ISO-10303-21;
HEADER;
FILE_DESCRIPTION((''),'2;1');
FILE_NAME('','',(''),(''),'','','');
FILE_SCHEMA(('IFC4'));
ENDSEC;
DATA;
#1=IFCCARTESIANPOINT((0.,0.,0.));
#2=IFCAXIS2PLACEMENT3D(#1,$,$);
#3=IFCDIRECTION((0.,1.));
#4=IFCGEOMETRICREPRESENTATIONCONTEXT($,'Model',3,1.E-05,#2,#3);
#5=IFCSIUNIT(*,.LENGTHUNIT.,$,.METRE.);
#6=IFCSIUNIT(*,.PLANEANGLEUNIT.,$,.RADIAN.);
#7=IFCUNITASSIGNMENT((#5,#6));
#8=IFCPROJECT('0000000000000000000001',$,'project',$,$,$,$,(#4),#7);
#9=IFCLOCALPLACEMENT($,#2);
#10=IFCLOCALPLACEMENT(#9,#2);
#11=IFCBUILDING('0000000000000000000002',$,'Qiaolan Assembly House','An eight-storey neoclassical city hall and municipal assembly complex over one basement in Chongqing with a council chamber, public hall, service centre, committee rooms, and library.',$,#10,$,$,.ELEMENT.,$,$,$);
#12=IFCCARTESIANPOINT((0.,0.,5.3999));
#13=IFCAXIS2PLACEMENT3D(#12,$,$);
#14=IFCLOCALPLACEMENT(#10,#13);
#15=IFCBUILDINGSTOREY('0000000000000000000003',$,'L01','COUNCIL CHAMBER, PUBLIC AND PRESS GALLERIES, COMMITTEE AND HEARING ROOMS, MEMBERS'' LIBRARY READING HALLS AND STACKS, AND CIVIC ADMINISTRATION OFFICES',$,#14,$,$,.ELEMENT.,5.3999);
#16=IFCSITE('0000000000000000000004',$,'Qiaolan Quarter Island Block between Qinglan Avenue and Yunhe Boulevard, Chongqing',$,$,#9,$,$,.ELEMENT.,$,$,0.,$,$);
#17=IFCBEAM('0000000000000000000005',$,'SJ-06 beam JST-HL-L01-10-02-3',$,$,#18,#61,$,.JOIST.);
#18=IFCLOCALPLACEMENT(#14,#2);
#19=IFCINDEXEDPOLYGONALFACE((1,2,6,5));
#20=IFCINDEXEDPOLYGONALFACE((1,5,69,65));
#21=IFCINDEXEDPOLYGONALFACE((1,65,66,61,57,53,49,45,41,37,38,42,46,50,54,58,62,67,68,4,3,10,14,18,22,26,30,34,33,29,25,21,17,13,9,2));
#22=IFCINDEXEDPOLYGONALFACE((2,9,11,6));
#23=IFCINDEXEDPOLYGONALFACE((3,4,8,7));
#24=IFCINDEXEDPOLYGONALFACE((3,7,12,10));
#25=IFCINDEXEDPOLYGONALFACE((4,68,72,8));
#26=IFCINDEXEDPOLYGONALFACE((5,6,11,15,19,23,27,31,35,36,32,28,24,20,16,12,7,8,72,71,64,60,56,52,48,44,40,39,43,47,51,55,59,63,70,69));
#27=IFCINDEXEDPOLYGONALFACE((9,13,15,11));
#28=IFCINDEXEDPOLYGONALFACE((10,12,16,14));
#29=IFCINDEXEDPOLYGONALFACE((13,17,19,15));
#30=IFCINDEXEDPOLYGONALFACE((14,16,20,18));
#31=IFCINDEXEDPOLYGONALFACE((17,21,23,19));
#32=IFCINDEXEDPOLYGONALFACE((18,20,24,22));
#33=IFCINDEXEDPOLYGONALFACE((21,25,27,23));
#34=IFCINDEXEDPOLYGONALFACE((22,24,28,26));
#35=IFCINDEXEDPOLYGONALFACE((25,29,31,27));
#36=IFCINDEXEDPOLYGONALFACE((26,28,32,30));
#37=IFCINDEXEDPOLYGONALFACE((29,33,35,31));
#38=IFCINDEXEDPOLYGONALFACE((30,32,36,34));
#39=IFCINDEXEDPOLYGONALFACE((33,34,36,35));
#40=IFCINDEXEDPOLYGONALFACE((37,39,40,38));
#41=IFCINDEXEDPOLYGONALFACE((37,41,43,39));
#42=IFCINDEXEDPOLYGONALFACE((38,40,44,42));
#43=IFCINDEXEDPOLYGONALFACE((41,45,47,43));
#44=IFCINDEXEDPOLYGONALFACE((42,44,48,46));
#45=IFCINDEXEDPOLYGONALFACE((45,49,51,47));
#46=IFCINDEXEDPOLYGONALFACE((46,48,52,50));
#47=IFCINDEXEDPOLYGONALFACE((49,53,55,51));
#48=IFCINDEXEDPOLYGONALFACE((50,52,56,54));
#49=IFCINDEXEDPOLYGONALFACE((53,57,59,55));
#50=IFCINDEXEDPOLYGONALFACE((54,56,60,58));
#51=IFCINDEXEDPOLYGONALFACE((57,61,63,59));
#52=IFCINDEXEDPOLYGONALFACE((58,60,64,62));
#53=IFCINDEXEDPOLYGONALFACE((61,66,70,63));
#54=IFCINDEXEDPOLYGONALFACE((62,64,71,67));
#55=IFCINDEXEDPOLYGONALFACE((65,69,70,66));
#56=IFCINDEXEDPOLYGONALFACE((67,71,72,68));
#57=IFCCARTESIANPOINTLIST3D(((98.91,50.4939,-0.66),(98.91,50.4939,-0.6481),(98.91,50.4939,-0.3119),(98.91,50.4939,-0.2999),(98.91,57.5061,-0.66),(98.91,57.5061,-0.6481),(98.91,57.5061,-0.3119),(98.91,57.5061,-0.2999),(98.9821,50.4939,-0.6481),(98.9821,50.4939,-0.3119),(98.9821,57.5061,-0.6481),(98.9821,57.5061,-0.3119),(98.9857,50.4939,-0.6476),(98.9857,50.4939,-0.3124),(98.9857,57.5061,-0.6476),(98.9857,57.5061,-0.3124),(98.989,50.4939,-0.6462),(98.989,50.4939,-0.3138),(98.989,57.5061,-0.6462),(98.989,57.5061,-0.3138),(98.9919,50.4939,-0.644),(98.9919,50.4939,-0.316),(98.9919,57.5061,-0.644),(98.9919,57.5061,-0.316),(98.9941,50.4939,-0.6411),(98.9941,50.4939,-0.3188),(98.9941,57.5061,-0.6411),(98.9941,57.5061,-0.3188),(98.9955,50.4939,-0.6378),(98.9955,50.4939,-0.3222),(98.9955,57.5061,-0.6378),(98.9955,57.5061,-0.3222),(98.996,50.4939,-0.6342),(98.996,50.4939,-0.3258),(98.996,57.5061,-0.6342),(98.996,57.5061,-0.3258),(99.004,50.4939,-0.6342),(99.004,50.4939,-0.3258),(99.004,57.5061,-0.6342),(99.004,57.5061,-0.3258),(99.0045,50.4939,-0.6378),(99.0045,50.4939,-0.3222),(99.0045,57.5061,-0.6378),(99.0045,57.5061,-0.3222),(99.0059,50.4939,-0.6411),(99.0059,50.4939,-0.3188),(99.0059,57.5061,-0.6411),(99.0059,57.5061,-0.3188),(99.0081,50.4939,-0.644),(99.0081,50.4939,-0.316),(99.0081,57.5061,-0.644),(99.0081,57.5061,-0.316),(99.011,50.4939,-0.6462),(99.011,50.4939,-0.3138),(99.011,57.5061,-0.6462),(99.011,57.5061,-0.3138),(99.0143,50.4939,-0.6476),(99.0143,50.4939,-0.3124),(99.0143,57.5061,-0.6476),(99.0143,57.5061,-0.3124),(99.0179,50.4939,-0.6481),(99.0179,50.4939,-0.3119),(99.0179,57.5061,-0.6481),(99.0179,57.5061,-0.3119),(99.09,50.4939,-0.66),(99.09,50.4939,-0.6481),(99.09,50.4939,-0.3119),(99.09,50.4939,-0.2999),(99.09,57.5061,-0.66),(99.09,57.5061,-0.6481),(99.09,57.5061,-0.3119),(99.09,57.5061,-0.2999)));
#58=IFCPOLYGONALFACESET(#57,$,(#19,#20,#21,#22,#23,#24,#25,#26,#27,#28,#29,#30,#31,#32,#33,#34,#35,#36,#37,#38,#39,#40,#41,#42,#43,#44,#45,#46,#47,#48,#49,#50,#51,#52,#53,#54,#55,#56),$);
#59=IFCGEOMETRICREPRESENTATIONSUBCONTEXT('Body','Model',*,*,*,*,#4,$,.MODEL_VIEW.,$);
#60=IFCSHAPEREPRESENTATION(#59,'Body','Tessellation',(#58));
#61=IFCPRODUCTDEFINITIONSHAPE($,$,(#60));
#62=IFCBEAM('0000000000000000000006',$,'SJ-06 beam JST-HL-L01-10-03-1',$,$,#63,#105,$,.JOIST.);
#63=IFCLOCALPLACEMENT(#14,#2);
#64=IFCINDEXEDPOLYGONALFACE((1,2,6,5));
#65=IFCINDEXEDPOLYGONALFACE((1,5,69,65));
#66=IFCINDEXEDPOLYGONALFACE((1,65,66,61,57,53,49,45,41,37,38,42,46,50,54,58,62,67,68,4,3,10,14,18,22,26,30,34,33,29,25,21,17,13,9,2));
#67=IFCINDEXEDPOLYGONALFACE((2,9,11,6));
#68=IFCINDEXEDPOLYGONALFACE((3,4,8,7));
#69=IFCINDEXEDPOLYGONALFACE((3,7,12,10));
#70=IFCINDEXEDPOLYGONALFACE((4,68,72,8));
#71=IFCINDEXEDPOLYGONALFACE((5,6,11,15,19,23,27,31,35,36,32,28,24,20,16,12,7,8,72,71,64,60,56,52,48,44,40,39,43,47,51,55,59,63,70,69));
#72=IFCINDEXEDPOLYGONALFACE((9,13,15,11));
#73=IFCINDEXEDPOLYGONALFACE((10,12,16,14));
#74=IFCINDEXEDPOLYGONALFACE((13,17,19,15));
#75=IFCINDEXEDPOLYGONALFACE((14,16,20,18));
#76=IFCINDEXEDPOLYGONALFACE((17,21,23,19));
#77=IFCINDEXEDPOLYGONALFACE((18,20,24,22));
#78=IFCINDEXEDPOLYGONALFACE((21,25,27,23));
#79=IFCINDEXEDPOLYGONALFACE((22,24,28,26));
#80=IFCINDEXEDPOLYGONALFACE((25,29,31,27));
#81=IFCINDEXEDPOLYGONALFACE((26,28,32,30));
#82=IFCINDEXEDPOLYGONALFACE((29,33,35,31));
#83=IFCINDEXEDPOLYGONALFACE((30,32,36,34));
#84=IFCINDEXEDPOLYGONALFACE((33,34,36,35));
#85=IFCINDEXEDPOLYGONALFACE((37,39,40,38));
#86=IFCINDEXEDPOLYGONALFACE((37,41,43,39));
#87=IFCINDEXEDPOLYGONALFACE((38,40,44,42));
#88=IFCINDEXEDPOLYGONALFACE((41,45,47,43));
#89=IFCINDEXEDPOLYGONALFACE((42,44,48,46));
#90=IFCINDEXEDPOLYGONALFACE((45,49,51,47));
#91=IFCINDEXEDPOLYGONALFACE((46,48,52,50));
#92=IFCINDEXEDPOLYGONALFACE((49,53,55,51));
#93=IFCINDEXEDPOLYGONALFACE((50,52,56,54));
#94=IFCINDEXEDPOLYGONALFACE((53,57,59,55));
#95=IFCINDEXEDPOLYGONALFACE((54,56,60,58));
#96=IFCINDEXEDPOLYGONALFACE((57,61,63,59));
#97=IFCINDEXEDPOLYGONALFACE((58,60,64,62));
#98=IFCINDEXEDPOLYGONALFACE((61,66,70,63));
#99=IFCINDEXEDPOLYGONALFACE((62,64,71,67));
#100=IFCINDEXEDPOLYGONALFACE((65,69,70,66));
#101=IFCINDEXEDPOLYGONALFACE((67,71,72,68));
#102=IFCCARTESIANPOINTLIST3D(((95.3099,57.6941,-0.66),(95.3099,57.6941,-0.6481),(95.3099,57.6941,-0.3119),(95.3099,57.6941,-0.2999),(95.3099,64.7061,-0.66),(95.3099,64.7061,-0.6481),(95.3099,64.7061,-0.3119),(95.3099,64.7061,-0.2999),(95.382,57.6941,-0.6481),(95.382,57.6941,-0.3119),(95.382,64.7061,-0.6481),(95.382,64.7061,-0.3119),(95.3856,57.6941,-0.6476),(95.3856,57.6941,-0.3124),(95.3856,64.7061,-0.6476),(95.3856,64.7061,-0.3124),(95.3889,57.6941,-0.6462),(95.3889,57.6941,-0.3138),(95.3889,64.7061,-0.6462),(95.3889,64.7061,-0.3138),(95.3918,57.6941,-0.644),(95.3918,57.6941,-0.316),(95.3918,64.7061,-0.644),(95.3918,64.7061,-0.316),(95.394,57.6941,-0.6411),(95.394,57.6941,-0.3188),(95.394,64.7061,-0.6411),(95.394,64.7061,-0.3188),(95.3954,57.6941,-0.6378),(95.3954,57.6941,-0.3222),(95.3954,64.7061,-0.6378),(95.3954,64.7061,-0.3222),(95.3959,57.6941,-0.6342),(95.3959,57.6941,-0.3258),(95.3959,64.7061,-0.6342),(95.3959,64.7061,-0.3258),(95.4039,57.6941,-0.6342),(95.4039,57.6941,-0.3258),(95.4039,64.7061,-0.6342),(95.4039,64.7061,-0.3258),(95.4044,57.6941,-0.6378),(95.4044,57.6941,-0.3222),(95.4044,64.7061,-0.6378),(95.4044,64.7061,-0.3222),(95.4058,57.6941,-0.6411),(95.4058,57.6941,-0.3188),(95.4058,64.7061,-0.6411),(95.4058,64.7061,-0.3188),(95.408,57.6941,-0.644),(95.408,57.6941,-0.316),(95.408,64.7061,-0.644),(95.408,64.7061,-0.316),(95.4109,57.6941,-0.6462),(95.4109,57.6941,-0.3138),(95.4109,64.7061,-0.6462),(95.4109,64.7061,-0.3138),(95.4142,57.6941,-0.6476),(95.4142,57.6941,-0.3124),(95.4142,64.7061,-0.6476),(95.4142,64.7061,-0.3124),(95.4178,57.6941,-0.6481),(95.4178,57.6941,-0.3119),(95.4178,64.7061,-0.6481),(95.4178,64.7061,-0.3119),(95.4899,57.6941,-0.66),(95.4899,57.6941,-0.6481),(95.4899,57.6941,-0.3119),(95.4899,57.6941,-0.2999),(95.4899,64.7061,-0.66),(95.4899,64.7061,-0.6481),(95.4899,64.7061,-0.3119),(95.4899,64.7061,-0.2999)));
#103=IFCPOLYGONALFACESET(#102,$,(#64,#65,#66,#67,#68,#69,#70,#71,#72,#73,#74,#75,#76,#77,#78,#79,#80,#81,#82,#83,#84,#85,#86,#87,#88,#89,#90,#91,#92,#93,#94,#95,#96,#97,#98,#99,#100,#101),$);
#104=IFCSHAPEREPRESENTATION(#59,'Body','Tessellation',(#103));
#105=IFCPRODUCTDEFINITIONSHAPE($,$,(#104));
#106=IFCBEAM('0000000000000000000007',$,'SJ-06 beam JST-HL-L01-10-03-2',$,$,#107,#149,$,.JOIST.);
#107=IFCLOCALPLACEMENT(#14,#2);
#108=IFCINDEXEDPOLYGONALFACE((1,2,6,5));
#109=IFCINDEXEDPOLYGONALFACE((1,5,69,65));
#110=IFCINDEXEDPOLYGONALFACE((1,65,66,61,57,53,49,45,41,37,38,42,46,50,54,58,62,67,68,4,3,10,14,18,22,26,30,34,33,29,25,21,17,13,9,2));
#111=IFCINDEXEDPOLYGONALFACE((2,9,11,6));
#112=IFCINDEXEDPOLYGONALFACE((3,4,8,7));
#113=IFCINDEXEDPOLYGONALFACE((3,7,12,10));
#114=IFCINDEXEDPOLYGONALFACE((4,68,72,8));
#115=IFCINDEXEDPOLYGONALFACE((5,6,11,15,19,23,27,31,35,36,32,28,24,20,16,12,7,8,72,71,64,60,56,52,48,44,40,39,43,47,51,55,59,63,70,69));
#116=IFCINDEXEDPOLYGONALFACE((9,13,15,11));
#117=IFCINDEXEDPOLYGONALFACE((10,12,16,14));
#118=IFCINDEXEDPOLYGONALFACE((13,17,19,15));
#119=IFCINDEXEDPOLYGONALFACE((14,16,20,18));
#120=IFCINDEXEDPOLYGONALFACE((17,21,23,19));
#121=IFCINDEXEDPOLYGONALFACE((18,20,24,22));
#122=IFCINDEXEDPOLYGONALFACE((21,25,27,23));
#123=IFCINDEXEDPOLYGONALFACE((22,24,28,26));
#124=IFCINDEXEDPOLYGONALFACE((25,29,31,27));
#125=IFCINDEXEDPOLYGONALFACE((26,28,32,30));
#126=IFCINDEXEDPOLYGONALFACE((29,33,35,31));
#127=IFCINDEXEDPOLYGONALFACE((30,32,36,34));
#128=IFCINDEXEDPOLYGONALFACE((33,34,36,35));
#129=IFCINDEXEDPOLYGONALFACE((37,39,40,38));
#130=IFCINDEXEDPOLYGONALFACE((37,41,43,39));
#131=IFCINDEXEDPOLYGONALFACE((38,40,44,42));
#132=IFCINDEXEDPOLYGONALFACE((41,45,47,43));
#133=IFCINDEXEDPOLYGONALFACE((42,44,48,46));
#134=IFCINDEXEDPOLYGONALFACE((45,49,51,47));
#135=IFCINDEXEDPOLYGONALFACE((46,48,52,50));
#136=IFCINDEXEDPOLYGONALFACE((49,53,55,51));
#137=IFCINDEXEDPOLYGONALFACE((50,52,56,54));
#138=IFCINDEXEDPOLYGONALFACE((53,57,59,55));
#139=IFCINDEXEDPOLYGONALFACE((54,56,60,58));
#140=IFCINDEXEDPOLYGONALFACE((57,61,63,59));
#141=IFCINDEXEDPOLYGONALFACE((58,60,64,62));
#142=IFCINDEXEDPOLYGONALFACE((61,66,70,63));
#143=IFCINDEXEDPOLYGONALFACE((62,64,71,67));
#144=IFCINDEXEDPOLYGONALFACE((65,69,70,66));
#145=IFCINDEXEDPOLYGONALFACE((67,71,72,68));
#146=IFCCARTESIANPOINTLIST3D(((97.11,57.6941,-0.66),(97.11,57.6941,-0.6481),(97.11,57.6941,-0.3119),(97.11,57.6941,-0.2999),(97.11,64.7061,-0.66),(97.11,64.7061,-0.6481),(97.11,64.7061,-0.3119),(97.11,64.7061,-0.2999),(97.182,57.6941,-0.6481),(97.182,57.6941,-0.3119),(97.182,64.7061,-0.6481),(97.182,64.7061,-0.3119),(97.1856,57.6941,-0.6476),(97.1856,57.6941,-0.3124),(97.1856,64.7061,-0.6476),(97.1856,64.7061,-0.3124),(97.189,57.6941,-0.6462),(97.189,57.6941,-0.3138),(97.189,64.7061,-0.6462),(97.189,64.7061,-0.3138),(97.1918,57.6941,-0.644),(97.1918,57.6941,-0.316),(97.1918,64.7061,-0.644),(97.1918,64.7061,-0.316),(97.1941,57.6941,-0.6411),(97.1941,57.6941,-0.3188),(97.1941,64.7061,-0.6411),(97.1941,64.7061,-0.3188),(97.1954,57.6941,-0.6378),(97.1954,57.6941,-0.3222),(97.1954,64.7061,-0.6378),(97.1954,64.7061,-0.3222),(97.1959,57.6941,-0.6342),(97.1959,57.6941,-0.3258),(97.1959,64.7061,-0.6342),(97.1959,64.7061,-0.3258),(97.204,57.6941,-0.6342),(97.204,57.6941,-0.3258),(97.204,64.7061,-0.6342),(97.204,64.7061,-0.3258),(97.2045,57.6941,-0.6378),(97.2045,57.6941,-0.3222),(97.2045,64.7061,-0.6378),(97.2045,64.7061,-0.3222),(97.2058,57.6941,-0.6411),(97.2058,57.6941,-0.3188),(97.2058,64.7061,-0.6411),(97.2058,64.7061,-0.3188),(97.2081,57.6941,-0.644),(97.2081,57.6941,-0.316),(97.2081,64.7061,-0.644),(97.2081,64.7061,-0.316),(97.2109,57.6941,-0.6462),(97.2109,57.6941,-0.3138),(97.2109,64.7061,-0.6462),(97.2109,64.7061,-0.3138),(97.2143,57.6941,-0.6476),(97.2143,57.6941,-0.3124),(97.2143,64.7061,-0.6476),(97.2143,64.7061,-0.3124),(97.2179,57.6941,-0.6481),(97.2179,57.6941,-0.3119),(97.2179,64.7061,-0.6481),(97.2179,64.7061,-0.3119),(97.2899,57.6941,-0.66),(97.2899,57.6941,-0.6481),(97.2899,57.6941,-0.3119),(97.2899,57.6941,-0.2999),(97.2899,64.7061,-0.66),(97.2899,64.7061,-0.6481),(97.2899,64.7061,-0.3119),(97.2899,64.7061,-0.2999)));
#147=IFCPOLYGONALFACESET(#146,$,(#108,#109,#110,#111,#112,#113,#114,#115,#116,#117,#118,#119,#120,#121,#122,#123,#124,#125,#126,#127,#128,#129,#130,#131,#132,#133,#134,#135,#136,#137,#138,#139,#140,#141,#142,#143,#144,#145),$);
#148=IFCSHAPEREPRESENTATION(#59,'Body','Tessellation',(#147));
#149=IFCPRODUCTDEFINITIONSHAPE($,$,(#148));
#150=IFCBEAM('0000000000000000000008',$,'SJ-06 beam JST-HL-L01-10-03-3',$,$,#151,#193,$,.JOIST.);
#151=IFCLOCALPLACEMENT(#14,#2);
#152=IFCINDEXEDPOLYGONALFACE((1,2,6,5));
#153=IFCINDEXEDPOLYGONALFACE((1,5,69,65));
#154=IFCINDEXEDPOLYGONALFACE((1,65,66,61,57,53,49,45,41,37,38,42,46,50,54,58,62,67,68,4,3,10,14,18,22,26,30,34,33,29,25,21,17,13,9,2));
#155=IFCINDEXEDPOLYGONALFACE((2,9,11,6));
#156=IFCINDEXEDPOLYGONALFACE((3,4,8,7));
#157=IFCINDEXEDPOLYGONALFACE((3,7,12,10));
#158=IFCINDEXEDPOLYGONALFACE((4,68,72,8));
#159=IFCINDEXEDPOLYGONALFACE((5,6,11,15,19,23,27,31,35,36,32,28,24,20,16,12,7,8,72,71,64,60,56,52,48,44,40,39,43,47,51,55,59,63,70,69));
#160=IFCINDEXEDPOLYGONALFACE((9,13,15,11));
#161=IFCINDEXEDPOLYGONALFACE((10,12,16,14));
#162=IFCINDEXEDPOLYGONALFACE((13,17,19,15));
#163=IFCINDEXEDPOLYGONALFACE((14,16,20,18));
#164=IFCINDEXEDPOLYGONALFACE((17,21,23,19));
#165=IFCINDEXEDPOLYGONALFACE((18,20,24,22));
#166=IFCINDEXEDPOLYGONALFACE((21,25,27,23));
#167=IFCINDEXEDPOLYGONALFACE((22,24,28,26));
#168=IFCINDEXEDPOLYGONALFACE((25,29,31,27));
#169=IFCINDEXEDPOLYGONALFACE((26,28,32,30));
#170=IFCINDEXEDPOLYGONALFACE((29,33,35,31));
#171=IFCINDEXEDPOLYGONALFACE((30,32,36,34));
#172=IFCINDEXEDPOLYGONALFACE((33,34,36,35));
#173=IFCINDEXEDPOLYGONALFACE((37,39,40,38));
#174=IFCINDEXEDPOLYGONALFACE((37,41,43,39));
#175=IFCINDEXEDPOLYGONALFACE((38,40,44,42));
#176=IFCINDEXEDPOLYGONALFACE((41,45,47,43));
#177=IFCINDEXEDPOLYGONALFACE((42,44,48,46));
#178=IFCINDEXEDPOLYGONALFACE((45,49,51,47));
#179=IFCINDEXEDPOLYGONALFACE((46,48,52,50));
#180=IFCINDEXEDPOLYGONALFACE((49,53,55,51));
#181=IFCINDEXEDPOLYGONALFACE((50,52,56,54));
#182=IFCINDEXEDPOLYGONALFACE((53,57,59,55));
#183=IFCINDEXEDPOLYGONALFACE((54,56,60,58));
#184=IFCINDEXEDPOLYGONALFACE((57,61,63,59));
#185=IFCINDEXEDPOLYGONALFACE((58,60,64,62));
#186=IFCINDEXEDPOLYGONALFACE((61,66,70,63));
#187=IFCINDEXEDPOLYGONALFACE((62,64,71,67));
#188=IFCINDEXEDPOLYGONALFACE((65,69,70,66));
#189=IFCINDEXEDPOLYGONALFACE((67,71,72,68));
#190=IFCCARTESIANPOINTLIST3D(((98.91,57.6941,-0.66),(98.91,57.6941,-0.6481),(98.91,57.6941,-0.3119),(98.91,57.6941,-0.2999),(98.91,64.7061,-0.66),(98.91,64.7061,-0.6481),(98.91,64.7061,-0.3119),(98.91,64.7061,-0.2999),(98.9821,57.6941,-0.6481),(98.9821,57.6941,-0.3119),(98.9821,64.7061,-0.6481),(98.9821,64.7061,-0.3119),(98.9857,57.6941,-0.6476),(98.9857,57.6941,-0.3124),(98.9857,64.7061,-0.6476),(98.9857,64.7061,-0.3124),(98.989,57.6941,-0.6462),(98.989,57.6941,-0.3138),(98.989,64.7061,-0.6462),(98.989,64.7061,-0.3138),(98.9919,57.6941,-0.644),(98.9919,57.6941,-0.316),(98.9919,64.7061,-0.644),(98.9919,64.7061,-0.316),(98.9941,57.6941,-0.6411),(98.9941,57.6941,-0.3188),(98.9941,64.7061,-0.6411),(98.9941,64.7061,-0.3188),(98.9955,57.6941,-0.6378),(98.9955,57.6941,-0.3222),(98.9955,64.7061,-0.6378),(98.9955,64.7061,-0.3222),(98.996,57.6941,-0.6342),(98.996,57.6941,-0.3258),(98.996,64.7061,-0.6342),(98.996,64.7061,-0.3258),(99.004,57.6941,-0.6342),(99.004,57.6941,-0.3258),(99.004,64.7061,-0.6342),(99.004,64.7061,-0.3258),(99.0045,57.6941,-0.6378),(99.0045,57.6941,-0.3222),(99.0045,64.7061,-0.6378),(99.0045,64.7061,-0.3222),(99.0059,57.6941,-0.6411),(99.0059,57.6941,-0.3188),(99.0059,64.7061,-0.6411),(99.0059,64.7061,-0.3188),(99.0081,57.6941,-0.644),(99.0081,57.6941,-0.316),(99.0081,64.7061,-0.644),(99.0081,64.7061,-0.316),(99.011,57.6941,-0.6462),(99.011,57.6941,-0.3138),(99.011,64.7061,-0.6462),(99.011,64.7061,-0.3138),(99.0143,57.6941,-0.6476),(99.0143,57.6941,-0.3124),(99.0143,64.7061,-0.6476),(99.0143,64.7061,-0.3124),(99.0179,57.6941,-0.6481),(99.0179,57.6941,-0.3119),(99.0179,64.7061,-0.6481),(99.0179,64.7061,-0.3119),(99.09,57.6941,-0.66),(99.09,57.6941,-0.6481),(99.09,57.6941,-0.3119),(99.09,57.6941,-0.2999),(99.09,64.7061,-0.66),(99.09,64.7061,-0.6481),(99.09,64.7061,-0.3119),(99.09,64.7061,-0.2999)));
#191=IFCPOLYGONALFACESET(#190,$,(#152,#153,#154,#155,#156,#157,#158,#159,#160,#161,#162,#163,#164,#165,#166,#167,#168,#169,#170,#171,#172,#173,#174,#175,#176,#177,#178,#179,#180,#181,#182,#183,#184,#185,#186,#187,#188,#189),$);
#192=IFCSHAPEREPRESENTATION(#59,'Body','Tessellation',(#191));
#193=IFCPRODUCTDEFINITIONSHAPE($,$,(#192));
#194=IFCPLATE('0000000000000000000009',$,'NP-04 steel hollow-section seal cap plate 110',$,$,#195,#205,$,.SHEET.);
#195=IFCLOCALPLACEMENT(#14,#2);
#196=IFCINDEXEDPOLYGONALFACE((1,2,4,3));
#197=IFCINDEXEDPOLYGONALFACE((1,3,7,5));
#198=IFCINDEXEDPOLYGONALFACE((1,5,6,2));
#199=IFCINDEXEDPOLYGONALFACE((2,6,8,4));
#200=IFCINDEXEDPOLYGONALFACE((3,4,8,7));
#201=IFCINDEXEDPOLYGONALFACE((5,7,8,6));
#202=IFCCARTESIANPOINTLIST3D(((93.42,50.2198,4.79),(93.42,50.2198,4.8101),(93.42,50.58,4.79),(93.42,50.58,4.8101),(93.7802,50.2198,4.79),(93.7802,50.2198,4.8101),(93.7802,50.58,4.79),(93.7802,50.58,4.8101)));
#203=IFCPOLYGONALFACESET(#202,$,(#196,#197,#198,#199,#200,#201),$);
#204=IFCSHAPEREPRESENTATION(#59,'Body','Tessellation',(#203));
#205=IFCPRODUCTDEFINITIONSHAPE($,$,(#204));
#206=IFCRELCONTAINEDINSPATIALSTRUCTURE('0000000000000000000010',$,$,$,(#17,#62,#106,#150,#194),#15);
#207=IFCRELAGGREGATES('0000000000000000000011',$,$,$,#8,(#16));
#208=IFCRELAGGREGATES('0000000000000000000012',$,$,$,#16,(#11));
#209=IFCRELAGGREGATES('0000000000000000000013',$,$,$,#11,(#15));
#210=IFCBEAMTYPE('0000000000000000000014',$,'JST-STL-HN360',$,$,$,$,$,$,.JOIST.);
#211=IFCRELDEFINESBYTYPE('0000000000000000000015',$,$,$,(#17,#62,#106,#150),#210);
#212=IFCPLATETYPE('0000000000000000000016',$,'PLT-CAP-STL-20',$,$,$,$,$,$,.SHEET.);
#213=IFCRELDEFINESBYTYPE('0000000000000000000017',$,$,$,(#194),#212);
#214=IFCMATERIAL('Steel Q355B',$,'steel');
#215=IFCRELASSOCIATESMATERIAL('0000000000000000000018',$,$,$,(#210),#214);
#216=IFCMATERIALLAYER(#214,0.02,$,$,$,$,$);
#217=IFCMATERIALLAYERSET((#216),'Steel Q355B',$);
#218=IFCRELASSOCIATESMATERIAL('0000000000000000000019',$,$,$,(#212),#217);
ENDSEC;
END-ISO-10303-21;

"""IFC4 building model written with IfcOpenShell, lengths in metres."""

from ifc_helpers import new_model, si_unit, direction, frame, origin, origin_2d, place, context, subcontext, project, spatial, rectangle, i_section, extrude, material, layer, layer_set, material_profile, profile_set, type_object, element, save


model = new_model("IFC4")

# Units and contexts
model_context = context("Model", 3, precision=1e-05, world=origin(), true_north=direction((0.0, 1.0)))
body_context = subcontext(model_context, "Body", "Model", "MODEL_VIEW")
ifc_project = project(units=[si_unit("LENGTHUNIT", "METRE"), si_unit("PLANEANGLEUNIT", "RADIAN")], contexts=[model_context])

# Site, building, storey
site_placement = place(None, origin())
site = spatial("IfcSite", under=ifc_project, at=site_placement, Name="Qiaolan Quarter Island Block between Qinglan Avenue and Yunhe Boulevard, Chongqing", CompositionType="ELEMENT", RefElevation=0.0)
building_placement = place(site_placement, origin())
building = spatial("IfcBuilding", under=site, at=building_placement, Name="Qiaolan Assembly House", Description="An eight-storey neoclassical city hall and municipal assembly complex over one basement in Chongqing with a council chamber, public hall, service centre, committee rooms, and library.", CompositionType="ELEMENT")
storey_placement = place(building_placement, frame((0.0, 0.0, 5.3999)))
storey = spatial("IfcBuildingStorey", under=building, at=storey_placement, Name="L01", Description="COUNCIL CHAMBER, PUBLIC AND PRESS GALLERIES, COMMITTEE AND HEARING ROOMS, MEMBERS' LIBRARY READING HALLS AND STACKS, AND CIVIC ADMINISTRATION OFFICES", CompositionType="ELEMENT", Elevation=5.3999)

# Shared definitions
ifc_material_1 = material(Name="Steel Q355B", Category="steel")

# Beams
ifc_material_profile_1 = material_profile(ifc_material_1, i_section(OverallWidth=0.1799, OverallDepth=0.3601, WebThickness=0.0081, FlangeThickness=0.012, FilletRadius=0.0139, at=origin_2d()), Name="HN 360x180x8x12")
ifc_profile_set_1 = profile_set([ifc_material_profile_1], Name="Steel Q355B")
beam_type_1 = type_object("IfcBeamType", Name="JST-STL-HN360", PredefinedType="JOIST", material=ifc_profile_set_1)
for number, where, z_axis, x_axis, name in (
    (1, (99.0, 50.4939, -0.48), (0.0, 1.0, 0.0), (-1.0, 0.0, 0.0), "SJ-06 beam JST-HL-L01-10-02-3"),
):
    element("IfcBeam", number, at=place(storey_placement, frame(where, z_axis=z_axis, x_axis=x_axis)), inside=storey, type_object=beam_type_1, Name=name, PredefinedType="JOIST", context=body_context, shape_type="SweptSolid", body=[
        extrude(i_section(OverallWidth=0.1799, OverallDepth=0.3601, WebThickness=0.0081, FlangeThickness=0.012, FilletRadius=0.0139, at=origin_2d()), origin(), (0.0, 0.0, 1.0), 7.0122),
    ])
for number, where, z_axis, x_axis, name in (
    (2, (95.3999, 57.6941, -0.48), (0.0, 1.0, 0.0), (-1.0, 0.0, 0.0), "SJ-06 beam JST-HL-L01-10-03-1"),
    (3, (97.2, 57.6941, -0.48), (0.0, 1.0, 0.0), (-1.0, 0.0, 0.0), "SJ-06 beam JST-HL-L01-10-03-2"),
    (4, (99.0, 57.6941, -0.48), (0.0, 1.0, 0.0), (-1.0, 0.0, 0.0), "SJ-06 beam JST-HL-L01-10-03-3"),
):
    element("IfcBeam", number, at=place(storey_placement, frame(where, z_axis=z_axis, x_axis=x_axis)), inside=storey, type_object=beam_type_1, Name=name, PredefinedType="JOIST", context=body_context, shape_type="SweptSolid", body=[
        extrude(i_section(OverallWidth=0.1799, OverallDepth=0.3601, WebThickness=0.0081, FlangeThickness=0.012, FilletRadius=0.0139, at=origin_2d()), origin(), (0.0, 0.0, 1.0), 7.012),
    ])

# Plate
ifc_layer_1 = layer(ifc_material_1, 0.02)
ifc_layer_set_1 = layer_set([ifc_layer_1], Name="Steel Q355B")
plate_type = type_object("IfcPlateType", Name="PLT-CAP-STL-20", PredefinedType="SHEET", material=ifc_layer_set_1)
for number, where, z_axis, x_axis, name in (
    (5, (93.6001, 50.3999, 4.79), (0.0, 0.0, 1.0), (1.0, 0.0, 0.0), "NP-04 steel hollow-section seal cap plate 110"),
):
    element("IfcPlate", number, at=place(storey_placement, frame(where, z_axis=z_axis, x_axis=x_axis)), inside=storey, type_object=plate_type, Name=name, PredefinedType="SHEET", context=body_context, shape_type="SweptSolid", body=[
        extrude(rectangle(XDim=0.3601, YDim=0.3601, at=origin_2d()), origin(), (0.0, 0.0, 1.0), 0.02),
    ])

save(model, "model.ifc")
